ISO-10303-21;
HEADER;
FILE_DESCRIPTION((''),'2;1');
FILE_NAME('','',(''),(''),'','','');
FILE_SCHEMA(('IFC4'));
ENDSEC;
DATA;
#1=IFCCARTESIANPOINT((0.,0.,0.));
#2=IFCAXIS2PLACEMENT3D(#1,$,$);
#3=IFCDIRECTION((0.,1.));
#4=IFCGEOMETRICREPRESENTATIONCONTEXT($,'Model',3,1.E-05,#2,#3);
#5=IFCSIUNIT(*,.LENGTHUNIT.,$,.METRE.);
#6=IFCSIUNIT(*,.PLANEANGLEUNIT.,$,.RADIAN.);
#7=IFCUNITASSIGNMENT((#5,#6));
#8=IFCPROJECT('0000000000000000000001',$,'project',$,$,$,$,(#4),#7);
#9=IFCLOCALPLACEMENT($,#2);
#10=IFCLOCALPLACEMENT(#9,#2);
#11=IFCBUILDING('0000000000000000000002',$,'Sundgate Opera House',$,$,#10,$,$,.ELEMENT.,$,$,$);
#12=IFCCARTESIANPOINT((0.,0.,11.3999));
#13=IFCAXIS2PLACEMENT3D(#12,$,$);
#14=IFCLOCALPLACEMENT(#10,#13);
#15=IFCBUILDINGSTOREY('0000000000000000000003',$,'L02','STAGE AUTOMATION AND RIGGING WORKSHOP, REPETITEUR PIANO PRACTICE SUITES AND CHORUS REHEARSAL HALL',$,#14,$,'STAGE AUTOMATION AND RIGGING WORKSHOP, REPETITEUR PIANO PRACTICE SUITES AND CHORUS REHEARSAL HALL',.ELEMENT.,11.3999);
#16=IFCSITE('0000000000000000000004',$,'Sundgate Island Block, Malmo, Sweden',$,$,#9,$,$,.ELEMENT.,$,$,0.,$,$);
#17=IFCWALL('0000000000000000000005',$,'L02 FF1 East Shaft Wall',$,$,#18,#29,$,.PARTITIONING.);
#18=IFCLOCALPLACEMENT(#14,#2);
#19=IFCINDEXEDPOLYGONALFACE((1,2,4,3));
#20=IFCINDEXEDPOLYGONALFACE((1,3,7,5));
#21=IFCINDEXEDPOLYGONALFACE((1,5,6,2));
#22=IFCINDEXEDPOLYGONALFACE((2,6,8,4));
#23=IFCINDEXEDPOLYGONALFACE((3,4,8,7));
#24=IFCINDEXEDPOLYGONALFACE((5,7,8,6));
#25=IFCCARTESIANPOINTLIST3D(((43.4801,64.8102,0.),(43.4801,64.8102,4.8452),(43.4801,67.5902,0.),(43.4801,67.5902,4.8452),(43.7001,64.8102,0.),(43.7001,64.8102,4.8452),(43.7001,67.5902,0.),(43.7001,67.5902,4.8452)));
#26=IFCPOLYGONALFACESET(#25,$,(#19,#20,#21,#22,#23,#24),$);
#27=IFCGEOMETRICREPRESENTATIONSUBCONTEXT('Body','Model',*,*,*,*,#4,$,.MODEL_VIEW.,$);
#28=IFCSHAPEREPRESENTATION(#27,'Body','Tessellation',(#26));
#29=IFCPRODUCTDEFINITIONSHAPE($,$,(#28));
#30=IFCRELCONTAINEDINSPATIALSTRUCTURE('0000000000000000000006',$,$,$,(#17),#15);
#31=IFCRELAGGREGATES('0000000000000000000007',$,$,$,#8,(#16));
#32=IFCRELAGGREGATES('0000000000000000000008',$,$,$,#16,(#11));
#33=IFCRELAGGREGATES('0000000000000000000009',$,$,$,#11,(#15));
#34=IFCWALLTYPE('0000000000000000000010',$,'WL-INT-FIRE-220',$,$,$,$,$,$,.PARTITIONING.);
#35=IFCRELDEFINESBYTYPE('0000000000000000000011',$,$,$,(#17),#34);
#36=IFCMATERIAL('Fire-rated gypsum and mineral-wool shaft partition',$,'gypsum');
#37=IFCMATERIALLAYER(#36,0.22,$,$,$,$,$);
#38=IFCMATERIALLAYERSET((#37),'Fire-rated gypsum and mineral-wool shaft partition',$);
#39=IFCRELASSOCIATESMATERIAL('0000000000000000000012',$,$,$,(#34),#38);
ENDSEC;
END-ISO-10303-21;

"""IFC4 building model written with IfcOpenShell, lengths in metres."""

from ifc_helpers import new_model, si_unit, direction, frame, frame_2d, origin, place, context, subcontext, project, spatial, rectangle, extrude, material, layer, layer_set, type_object, element, save


model = new_model("IFC4")

# Units and contexts
model_context = context("Model", 3, precision=1e-05, world=origin(), true_north=direction((0.0, 1.0)))
body_context = subcontext(model_context, "Body", "Model", "MODEL_VIEW")
ifc_project = project(units=[si_unit("LENGTHUNIT", "METRE"), si_unit("PLANEANGLEUNIT", "RADIAN")], contexts=[model_context])

# Site, building, storey
site_placement = place(None, origin())
site = spatial("IfcSite", under=ifc_project, at=site_placement, Name="Sundgate Island Block, Malmo, Sweden", CompositionType="ELEMENT", RefElevation=0.0)
building_placement = place(site_placement, origin())
building = spatial("IfcBuilding", under=site, at=building_placement, Name="Sundgate Opera House", CompositionType="ELEMENT")
storey_placement = place(building_placement, frame((0.0, 0.0, 11.3999)))
storey = spatial("IfcBuildingStorey", under=building, at=storey_placement, Name="L02", Description="STAGE AUTOMATION AND RIGGING WORKSHOP, REPETITEUR PIANO PRACTICE SUITES AND CHORUS REHEARSAL HALL", LongName="STAGE AUTOMATION AND RIGGING WORKSHOP, REPETITEUR PIANO PRACTICE SUITES AND CHORUS REHEARSAL HALL", CompositionType="ELEMENT", Elevation=11.3999)

# Shared definitions
ifc_material_1 = material(Name="Fire-rated gypsum and mineral-wool shaft partition", Category="gypsum")
ifc_layer_1 = layer(ifc_material_1, 0.22)
ifc_layer_set_1 = layer_set([ifc_layer_1], Name="Fire-rated gypsum and mineral-wool shaft partition")
wall_type_1 = type_object("IfcWallType", Name="WL-INT-FIRE-220", PredefinedType="PARTITIONING", material=ifc_layer_set_1)

# Wall
for number, where, z_axis, x_axis, name in (
    (1, (43.5901, 64.8101, 0.0), (0.0, 0.0, 1.0), (0.0, 1.0, 0.0), "L02 FF1 East Shaft Wall"),
):
    element("IfcWall", number, at=place(storey_placement, frame(where, z_axis=z_axis, x_axis=x_axis)), inside=storey, type_object=wall_type_1, Name=name, PredefinedType="PARTITIONING", context=body_context, shape_type="SweptSolid", body=[
        extrude(rectangle(XDim=2.78, YDim=0.22, at=frame_2d((1.3901, 0.0))), origin(), (0.0, 0.0, 1.0), 4.8452),
    ])

save(model, "model.ifc")
